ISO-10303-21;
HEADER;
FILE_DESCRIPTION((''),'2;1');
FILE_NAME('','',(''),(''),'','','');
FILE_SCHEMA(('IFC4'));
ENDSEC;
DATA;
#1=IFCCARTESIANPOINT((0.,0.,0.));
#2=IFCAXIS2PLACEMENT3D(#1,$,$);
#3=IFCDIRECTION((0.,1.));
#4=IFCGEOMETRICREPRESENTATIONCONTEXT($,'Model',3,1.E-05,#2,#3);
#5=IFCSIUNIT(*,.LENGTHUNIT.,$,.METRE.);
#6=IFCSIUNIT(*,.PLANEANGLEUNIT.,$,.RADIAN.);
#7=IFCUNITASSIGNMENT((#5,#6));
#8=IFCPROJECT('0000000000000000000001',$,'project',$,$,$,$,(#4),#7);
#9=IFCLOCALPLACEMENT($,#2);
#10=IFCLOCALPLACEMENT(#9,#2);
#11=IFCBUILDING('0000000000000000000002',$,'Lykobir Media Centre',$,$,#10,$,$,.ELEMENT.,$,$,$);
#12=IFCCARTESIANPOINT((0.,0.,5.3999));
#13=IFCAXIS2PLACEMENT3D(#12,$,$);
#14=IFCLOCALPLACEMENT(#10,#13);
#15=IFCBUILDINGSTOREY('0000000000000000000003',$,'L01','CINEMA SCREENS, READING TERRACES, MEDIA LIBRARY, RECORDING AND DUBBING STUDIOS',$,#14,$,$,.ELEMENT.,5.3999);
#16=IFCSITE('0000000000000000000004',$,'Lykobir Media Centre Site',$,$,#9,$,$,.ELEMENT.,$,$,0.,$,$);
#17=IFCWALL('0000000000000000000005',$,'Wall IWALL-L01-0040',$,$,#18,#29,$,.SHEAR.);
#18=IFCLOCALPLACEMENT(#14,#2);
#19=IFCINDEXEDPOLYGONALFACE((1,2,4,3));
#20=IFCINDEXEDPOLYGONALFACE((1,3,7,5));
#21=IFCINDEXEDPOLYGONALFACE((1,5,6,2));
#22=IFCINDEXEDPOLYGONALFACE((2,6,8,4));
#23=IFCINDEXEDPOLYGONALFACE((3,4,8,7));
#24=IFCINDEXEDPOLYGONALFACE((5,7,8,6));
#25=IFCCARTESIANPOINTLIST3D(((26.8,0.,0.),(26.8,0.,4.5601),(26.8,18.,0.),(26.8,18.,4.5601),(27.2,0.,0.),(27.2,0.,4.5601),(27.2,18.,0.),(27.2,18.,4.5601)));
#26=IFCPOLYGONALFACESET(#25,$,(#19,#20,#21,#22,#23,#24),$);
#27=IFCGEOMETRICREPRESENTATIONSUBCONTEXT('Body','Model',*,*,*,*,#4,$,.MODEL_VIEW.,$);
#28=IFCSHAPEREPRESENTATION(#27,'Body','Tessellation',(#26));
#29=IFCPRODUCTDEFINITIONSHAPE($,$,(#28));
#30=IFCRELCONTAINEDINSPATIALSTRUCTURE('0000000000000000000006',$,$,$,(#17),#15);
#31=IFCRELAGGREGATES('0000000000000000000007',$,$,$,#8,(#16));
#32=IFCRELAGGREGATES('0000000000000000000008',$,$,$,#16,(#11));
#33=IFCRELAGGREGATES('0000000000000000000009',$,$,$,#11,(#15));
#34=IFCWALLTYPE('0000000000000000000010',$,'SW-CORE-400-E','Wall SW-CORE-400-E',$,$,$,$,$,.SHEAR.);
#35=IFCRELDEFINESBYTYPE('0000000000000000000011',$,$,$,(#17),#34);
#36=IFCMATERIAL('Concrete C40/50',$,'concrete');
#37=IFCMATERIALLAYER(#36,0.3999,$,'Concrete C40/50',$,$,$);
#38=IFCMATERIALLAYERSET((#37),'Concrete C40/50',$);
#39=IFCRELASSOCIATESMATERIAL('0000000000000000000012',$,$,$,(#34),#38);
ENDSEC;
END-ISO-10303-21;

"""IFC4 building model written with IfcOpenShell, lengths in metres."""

from ifc_helpers import new_model, si_unit, direction, frame, frame_2d, origin, place, context, subcontext, project, spatial, rectangle, extrude, material, layer, layer_set, type_object, element, save


model = new_model("IFC4")

# Units and contexts
model_context = context("Model", 3, precision=1e-05, world=origin(), true_north=direction((0.0, 1.0)))
body_context = subcontext(model_context, "Body", "Model", "MODEL_VIEW")
ifc_project = project(units=[si_unit("LENGTHUNIT", "METRE"), si_unit("PLANEANGLEUNIT", "RADIAN")], contexts=[model_context])

# Site, building, storey
site_placement = place(None, origin())
site = spatial("IfcSite", under=ifc_project, at=site_placement, Name="Lykobir Media Centre Site", CompositionType="ELEMENT", RefElevation=0.0)
building_placement = place(site_placement, origin())
building = spatial("IfcBuilding", under=site, at=building_placement, Name="Lykobir Media Centre", CompositionType="ELEMENT")
storey_placement = place(building_placement, frame((0.0, 0.0, 5.3999)))
storey = spatial("IfcBuildingStorey", under=building, at=storey_placement, Name="L01", Description="CINEMA SCREENS, READING TERRACES, MEDIA LIBRARY, RECORDING AND DUBBING STUDIOS", CompositionType="ELEMENT", Elevation=5.3999)

# Wall
ifc_material_1 = material(Name="Concrete C40/50", Category="concrete")
ifc_layer_1 = layer(ifc_material_1, 0.3999, Name="Concrete C40/50")
ifc_layer_set_1 = layer_set([ifc_layer_1], Name="Concrete C40/50")
wall_type_1 = type_object("IfcWallType", Name="SW-CORE-400-E", Description="Wall SW-CORE-400-E", PredefinedType="SHEAR", material=ifc_layer_set_1)
wall_1_placement = place(storey_placement, frame((27.0, 18.0, 0.0), z_axis=(0.0, 0.0, 1.0), x_axis=(0.0, -1.0, 0.0)))
element("IfcWall", 1, at=wall_1_placement, inside=storey, type_object=wall_type_1, Name="Wall IWALL-L01-0040", PredefinedType="SHEAR", context=body_context, shape_type="SweptSolid", body=[
    extrude(rectangle(XDim=18.0, YDim=0.3999, at=frame_2d((9.0, 0.0))), origin(), (0.0, 0.0, 1.0), 4.5601),
])

save(model, "model.ifc")
